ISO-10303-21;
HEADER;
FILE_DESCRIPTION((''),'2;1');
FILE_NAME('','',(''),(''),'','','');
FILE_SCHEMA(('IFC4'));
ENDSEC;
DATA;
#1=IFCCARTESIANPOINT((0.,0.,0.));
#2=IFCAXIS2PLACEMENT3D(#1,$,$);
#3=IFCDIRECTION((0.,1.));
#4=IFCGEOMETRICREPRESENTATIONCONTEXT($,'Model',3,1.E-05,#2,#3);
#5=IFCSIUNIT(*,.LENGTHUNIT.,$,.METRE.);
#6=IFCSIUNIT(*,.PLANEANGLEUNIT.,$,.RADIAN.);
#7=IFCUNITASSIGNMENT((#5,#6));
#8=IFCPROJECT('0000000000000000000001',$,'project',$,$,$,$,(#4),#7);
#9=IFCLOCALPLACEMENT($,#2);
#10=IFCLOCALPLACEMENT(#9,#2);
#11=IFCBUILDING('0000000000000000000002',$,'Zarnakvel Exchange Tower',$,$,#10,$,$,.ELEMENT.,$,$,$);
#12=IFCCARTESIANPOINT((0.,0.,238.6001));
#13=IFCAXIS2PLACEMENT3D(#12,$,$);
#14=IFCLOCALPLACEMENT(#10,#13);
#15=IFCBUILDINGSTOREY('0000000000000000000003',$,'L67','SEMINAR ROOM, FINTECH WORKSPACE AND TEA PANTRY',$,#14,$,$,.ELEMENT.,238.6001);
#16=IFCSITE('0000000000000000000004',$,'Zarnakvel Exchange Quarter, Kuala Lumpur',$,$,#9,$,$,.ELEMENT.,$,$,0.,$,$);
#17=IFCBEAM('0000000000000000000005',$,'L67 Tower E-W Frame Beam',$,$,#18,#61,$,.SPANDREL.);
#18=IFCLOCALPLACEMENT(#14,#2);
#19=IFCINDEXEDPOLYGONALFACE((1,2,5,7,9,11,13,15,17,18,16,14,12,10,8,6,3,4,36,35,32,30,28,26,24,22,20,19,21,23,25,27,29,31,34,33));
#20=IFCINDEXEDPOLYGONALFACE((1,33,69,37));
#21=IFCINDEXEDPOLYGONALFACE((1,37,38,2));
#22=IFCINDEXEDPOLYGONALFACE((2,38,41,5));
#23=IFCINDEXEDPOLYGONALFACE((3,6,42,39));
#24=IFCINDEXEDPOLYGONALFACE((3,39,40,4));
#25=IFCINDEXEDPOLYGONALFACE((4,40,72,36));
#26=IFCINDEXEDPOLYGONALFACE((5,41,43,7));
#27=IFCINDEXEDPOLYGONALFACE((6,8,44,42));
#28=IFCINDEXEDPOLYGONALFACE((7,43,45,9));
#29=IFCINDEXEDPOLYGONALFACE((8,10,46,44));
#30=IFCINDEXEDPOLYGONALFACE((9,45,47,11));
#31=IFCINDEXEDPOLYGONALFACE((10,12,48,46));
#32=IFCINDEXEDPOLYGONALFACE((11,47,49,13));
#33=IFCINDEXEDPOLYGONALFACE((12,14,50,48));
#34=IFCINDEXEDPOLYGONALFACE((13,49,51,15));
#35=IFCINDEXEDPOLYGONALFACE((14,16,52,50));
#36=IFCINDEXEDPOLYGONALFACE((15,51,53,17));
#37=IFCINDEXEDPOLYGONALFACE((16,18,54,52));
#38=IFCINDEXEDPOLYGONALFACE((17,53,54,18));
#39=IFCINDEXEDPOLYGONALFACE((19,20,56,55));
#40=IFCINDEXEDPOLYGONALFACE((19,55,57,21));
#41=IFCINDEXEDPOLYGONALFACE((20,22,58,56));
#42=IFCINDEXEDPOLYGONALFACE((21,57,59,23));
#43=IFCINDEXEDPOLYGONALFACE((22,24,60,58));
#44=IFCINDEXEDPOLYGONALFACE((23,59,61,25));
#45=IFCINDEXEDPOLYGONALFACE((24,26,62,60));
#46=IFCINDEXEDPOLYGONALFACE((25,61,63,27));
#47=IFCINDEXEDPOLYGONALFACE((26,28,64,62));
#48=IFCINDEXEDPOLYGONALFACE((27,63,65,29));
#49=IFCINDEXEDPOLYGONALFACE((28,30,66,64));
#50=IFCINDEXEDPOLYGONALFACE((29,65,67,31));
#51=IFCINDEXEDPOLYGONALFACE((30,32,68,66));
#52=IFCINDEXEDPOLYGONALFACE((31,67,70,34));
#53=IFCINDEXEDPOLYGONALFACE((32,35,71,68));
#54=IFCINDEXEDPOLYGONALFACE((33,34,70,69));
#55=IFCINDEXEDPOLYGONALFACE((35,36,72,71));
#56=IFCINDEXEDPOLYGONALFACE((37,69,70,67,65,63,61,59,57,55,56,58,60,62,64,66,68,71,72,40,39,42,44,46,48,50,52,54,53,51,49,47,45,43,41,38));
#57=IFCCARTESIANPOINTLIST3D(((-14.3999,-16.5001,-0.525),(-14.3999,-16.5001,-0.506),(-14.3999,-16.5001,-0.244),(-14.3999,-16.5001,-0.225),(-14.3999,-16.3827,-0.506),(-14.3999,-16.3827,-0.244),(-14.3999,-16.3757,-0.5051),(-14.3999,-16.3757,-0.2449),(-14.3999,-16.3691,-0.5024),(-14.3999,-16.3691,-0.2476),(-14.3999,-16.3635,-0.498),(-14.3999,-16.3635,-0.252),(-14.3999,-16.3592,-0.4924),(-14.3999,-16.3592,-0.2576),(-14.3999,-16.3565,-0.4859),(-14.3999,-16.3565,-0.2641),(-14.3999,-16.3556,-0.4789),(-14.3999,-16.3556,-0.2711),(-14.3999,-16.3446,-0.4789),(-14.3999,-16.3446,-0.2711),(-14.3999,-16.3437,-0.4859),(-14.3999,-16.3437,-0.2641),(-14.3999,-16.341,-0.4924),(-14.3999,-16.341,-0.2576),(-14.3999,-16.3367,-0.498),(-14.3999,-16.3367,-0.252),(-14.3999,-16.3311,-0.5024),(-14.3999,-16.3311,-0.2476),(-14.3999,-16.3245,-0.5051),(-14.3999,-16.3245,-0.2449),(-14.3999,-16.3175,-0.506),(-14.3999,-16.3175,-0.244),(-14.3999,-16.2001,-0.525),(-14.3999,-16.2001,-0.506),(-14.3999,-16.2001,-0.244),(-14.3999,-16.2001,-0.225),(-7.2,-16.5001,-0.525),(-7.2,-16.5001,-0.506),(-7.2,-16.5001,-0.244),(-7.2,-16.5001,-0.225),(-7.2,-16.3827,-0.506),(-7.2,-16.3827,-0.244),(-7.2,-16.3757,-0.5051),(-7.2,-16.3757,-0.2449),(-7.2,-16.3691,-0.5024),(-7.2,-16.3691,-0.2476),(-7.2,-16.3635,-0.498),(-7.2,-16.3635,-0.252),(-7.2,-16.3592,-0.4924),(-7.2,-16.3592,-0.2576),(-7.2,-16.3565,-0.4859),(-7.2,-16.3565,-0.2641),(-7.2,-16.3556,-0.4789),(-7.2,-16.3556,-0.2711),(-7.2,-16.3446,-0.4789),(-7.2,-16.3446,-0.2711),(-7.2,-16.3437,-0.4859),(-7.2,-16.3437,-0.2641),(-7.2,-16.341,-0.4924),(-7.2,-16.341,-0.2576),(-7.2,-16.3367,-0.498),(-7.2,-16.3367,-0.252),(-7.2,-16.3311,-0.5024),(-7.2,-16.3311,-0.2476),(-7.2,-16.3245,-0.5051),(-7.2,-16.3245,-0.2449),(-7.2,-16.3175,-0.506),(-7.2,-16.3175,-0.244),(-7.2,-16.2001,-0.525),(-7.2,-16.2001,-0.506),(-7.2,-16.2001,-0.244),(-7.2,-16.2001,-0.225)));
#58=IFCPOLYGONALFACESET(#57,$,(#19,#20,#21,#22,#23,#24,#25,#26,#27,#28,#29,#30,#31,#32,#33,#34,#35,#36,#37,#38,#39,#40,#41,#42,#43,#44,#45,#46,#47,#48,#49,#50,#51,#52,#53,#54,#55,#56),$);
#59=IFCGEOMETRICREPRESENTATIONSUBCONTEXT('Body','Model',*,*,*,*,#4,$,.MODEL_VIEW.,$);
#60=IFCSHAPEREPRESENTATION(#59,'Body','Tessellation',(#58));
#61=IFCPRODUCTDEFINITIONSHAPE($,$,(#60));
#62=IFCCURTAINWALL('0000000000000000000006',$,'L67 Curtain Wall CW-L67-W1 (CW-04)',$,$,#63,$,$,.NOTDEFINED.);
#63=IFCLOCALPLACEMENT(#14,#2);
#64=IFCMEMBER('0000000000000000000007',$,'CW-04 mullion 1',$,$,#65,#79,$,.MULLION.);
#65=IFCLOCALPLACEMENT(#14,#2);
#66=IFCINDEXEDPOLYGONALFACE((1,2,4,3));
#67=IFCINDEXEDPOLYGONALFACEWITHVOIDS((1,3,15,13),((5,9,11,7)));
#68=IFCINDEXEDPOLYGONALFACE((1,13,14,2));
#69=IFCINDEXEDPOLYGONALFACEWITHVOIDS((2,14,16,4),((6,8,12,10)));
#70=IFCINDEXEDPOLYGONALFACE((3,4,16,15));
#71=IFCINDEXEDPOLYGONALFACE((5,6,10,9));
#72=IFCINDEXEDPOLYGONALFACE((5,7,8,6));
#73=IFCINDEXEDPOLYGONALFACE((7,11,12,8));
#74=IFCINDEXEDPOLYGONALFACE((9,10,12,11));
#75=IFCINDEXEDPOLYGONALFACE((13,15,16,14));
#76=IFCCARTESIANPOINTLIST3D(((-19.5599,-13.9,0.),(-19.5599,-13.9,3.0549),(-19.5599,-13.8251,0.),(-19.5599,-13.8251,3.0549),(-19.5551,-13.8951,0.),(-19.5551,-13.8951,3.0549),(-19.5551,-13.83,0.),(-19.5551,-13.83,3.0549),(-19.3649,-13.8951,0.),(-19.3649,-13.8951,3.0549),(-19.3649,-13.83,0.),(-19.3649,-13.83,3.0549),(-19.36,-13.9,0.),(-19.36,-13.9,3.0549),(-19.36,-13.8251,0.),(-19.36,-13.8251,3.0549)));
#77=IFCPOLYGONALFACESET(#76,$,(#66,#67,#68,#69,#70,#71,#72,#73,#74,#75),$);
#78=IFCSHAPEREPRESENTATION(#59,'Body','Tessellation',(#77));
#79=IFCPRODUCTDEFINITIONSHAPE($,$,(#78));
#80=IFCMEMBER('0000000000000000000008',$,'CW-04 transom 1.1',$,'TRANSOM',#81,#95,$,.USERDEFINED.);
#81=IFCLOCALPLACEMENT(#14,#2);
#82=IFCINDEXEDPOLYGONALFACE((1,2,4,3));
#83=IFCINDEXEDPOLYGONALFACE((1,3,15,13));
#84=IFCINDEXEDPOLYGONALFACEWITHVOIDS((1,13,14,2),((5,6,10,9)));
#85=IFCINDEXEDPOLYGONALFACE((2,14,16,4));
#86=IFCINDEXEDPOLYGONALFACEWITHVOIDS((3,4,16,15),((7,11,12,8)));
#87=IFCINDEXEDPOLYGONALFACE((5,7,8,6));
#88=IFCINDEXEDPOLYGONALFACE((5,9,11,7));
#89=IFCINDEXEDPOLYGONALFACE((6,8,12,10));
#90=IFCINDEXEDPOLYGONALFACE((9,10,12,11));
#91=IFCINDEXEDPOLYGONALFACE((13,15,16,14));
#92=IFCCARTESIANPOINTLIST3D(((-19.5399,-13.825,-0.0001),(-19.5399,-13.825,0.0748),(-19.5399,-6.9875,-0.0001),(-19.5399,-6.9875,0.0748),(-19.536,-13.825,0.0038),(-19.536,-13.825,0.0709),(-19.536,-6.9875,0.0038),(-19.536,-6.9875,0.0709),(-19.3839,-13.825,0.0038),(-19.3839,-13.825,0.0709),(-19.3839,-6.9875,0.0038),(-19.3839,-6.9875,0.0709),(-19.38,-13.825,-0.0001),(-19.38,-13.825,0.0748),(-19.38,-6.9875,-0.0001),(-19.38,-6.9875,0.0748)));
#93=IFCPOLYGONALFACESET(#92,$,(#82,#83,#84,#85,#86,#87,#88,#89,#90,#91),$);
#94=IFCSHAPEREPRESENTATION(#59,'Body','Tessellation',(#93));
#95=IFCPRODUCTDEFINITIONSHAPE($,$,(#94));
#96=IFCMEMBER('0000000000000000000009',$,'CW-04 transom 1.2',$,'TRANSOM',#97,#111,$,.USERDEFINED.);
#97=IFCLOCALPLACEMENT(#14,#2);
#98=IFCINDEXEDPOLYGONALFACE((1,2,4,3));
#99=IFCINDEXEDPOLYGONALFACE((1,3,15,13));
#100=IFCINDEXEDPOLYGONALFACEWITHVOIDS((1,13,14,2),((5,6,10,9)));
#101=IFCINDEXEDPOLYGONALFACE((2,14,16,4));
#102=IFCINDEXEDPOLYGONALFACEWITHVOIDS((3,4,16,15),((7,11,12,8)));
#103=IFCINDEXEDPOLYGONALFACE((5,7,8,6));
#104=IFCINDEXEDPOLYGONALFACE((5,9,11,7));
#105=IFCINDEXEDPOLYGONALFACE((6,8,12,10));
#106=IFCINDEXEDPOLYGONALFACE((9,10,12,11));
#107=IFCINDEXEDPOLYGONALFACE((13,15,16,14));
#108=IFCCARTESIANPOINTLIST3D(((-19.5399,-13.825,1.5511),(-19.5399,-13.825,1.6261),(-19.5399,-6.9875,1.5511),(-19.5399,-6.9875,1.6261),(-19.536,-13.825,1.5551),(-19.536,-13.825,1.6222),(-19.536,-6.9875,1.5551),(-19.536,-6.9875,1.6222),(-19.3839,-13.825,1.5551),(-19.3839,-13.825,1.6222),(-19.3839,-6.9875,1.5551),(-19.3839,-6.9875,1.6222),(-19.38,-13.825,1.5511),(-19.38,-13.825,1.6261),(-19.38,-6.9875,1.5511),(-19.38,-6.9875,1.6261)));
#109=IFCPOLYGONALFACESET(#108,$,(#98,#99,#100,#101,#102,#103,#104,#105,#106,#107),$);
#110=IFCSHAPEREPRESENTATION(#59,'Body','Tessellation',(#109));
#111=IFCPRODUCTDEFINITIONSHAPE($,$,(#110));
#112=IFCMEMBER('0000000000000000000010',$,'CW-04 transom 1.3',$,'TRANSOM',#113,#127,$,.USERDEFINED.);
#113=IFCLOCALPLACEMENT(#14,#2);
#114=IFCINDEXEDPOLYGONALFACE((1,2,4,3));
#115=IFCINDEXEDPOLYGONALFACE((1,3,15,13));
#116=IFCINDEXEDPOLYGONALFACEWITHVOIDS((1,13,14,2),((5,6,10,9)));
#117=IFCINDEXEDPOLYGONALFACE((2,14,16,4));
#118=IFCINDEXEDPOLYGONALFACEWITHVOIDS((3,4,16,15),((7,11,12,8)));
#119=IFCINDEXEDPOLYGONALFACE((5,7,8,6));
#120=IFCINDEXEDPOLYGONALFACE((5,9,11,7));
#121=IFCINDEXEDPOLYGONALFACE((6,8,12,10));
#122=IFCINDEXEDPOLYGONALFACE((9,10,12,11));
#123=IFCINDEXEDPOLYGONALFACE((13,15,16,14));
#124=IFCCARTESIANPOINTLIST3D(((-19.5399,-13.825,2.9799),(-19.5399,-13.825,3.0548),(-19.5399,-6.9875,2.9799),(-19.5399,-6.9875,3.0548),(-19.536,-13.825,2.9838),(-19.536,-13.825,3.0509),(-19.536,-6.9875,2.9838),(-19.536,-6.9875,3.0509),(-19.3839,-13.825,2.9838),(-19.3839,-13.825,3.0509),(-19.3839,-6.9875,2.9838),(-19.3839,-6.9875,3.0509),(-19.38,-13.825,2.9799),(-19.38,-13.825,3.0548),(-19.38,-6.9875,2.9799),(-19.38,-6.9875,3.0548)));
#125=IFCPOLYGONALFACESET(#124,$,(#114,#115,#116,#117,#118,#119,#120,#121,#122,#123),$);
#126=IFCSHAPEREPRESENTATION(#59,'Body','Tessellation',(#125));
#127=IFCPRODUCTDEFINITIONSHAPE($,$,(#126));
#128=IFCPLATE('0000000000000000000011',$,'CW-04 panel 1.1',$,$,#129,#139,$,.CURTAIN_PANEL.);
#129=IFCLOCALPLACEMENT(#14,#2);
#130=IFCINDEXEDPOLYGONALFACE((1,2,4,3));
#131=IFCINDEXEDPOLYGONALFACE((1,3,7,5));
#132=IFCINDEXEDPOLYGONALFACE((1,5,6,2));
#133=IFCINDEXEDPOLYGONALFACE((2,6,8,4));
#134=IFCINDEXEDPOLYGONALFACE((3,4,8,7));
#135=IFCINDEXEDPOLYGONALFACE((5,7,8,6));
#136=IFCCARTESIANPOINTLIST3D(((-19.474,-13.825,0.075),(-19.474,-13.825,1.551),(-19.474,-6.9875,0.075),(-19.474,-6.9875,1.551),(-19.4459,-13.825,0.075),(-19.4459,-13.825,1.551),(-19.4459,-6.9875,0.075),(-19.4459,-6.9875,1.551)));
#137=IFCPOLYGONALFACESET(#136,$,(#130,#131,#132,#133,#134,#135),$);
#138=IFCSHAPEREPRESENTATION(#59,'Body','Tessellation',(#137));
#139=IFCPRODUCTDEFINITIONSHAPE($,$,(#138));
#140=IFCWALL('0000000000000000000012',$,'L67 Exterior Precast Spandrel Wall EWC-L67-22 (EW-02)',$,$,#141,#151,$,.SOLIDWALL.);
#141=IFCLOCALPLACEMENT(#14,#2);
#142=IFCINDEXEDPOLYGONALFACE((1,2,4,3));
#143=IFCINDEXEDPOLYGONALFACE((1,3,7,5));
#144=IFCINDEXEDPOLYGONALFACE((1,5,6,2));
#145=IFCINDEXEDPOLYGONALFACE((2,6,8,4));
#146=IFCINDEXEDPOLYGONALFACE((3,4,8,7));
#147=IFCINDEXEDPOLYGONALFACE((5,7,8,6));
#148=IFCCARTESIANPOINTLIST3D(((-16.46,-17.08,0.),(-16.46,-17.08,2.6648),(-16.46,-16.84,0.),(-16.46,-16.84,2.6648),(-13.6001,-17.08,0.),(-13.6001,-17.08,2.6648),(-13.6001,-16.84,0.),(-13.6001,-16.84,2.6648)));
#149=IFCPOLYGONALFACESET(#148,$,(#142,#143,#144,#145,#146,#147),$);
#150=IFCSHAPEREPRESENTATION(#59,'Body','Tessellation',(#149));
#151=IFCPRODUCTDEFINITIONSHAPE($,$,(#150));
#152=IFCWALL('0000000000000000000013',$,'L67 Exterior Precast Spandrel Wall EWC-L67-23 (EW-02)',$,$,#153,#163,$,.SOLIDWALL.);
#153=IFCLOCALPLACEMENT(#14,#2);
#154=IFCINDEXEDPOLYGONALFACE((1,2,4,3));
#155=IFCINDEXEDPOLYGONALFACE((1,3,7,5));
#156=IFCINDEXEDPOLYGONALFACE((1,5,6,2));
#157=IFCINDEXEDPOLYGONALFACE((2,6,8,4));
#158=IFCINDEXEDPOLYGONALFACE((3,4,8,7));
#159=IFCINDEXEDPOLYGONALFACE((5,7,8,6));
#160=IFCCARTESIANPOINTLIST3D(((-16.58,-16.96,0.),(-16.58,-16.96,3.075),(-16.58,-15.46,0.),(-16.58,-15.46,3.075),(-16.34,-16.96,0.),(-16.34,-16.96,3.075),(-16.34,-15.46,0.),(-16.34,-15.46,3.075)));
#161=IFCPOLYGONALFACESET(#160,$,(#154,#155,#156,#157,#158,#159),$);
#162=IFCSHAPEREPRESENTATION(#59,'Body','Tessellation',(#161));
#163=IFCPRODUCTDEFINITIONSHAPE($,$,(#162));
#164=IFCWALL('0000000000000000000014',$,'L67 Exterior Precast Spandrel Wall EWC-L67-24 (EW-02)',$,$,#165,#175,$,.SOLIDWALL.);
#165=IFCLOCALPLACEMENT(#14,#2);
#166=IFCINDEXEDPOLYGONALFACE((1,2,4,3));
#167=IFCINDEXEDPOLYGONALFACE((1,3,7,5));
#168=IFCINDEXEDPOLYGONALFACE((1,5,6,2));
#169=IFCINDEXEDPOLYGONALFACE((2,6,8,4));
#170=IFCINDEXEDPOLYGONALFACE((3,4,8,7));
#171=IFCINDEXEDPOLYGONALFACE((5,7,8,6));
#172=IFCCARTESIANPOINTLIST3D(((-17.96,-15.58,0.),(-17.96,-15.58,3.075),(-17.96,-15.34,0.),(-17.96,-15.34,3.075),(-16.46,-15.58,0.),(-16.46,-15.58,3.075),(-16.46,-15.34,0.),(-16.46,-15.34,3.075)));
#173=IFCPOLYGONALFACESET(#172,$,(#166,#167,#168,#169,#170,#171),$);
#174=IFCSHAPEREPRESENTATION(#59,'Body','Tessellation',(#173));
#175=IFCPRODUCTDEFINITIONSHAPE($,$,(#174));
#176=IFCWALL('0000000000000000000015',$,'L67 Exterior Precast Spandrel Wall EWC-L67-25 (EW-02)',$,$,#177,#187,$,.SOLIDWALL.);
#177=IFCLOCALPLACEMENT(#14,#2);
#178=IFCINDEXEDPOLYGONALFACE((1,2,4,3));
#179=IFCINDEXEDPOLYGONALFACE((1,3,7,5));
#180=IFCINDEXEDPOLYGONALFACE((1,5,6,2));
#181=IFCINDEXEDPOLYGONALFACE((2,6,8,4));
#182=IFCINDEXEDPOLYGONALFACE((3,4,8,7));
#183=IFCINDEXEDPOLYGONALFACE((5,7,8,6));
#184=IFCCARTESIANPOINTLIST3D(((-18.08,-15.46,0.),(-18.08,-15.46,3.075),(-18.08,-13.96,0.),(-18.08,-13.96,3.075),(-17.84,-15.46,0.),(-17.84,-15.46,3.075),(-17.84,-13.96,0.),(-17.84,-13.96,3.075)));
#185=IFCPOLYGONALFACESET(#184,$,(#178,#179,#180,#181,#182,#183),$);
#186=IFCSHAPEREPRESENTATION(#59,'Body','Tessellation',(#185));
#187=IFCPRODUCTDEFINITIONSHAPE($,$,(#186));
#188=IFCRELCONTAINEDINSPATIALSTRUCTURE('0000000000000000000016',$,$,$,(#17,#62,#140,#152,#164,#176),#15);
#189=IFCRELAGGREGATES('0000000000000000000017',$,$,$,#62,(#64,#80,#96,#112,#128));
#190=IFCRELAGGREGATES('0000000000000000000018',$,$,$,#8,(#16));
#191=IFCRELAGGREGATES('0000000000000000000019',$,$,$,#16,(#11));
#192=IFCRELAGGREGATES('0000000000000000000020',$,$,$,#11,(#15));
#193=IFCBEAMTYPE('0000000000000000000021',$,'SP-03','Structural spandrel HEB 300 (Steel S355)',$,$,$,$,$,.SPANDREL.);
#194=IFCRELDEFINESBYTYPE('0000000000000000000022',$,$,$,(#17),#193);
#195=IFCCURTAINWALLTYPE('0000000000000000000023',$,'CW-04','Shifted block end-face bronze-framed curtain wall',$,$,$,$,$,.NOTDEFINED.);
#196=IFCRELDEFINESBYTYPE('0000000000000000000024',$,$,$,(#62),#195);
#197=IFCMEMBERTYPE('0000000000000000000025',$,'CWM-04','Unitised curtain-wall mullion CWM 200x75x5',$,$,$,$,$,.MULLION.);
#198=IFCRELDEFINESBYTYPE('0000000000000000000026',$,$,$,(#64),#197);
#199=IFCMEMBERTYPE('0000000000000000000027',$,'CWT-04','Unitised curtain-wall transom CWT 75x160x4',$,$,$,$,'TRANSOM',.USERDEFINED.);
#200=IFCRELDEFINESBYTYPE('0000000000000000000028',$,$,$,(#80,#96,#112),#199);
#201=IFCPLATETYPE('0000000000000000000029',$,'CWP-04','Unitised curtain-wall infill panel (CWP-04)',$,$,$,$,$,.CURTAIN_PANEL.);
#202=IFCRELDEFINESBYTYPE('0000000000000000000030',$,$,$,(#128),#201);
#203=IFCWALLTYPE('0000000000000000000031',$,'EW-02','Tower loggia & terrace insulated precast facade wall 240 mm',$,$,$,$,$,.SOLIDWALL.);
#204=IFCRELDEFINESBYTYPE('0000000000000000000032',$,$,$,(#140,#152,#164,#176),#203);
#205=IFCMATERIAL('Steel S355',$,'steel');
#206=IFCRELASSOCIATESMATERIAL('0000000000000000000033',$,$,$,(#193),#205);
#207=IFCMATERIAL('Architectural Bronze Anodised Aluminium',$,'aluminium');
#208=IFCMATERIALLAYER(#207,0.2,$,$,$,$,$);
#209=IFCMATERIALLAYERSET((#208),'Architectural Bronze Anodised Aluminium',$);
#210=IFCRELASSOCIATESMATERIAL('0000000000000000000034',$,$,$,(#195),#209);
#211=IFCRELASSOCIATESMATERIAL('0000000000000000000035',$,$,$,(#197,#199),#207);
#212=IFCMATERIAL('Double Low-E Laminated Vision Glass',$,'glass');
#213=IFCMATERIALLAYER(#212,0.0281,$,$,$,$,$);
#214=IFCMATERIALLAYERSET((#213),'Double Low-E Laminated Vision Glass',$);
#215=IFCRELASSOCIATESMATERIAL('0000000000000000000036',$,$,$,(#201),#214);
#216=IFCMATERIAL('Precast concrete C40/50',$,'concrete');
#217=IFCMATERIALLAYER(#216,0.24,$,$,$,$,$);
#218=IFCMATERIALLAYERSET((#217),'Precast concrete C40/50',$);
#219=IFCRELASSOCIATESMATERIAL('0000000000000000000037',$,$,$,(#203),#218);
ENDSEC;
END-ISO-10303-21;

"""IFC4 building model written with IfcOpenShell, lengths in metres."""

from ifc_helpers import new_model, si_unit, direction, frame, frame_2d, origin, origin_2d, place, context, subcontext, project, spatial, rectangle, hollow_rectangle, i_section, extrude, source, transform, mapped, material, layer, layer_set, material_profile, profile_set, type_object, element, aggregate, save


model = new_model("IFC4")

# Units and contexts
model_context = context("Model", 3, precision=1e-05, world=origin(), true_north=direction((0.0, 1.0)))
body_context = subcontext(model_context, "Body", "Model", "MODEL_VIEW")
ifc_project = project(units=[si_unit("LENGTHUNIT", "METRE"), si_unit("PLANEANGLEUNIT", "RADIAN")], contexts=[model_context])

# Site, building, storey
site_placement = place(None, origin())
site = spatial("IfcSite", under=ifc_project, at=site_placement, Name="Zarnakvel Exchange Quarter, Kuala Lumpur", CompositionType="ELEMENT", RefElevation=0.0)
building_placement = place(site_placement, origin())
building = spatial("IfcBuilding", under=site, at=building_placement, Name="Zarnakvel Exchange Tower", CompositionType="ELEMENT")
storey_placement = place(building_placement, frame((0.0, 0.0, 238.6001)))
storey = spatial("IfcBuildingStorey", under=building, at=storey_placement, Name="L67", Description="SEMINAR ROOM, FINTECH WORKSPACE AND TEA PANTRY", CompositionType="ELEMENT", Elevation=238.6001)

# Beam
ifc_material_1 = material(Name="Steel S355", Category="steel")
ifc_material_profile_1 = material_profile(ifc_material_1, i_section(OverallWidth=0.3, OverallDepth=0.3, WebThickness=0.011, FlangeThickness=0.019, FilletRadius=0.0271, at=origin_2d()))
ifc_profile_set_1 = profile_set([ifc_material_profile_1], Name="Steel S355")
beam_type_1 = type_object("IfcBeamType", Name="SP-03", Description="Structural spandrel HEB 300 (Steel S355)", PredefinedType="SPANDREL", material=ifc_profile_set_1)
beam_1_placement = place(storey_placement, frame((-14.3999, -16.3501, -0.375), z_axis=(1.0, 0.0, 0.0), x_axis=(0.0, 1.0, 0.0)))
element("IfcBeam", 1, at=beam_1_placement, inside=storey, type_object=beam_type_1, Name="L67 Tower E-W Frame Beam", PredefinedType="SPANDREL", context=body_context, shape_type="SweptSolid", body=[
    extrude(i_section(OverallWidth=0.3, OverallDepth=0.3, WebThickness=0.011, FlangeThickness=0.019, FilletRadius=0.0271, at=origin_2d()), origin(), (0.0, 0.0, 1.0), 7.2),
])

# Curtain wall, members, plate
ifc_material_2 = material(Name="Architectural Bronze Anodised Aluminium", Category="aluminium")
ifc_layer_1 = layer(ifc_material_2, 0.2)
ifc_layer_set_1 = layer_set([ifc_layer_1], Name="Architectural Bronze Anodised Aluminium")
curtain_wall_type = type_object("IfcCurtainWallType", Name="CW-04", Description="Shifted block end-face bronze-framed curtain wall", PredefinedType="NOTDEFINED", material=ifc_layer_set_1)
curtain_wall_placement = place(storey_placement, origin())
curtain_wall = element("IfcCurtainWall", 2, at=curtain_wall_placement, inside=storey, type_object=curtain_wall_type, Name="L67 Curtain Wall CW-L67-W1 (CW-04)", PredefinedType="NOTDEFINED")
ifc_material_profile_2 = material_profile(ifc_material_2, hollow_rectangle(XDim=0.2, YDim=0.075, WallThickness=0.0049, at=origin_2d()))
ifc_profile_set_2 = profile_set([ifc_material_profile_2], Name="Architectural Bronze Anodised Aluminium")
member_type_1 = type_object("IfcMemberType", Name="CWM-04", Description="Unitised curtain-wall mullion CWM 200x75x5", PredefinedType="MULLION", material=ifc_profile_set_2)
shared_shape_1 = source(origin(), body_context, "Body", "SweptSolid", [
    extrude(hollow_rectangle(XDim=0.2, YDim=0.075, WallThickness=0.0049, at=origin_2d()), origin(), (0.0, 0.0, 1.0), 3.0549),
])
member_1_placement = place(storey_placement, frame((-19.46, -13.8625, 0.0), z_axis=(0.0, 0.0, 1.0), x_axis=(-1.0, 0.0, 0.0)))
member_1 = element("IfcMember", 3, at=member_1_placement, type_object=member_type_1, Name="CW-04 mullion 1", PredefinedType="MULLION", context=body_context, shape_type="MappedRepresentation", body=[
    mapped(shared_shape_1, transform((0.0, 0.0, 0.0), x_axis=(1.0, 0.0, 0.0), y_axis=(0.0, 1.0, 0.0), z_axis=(0.0, 0.0, 1.0), scale=1.0)),
])
ifc_material_profile_3 = material_profile(ifc_material_2, hollow_rectangle(XDim=0.1599, YDim=0.075, WallThickness=0.0039, at=origin_2d()))
ifc_profile_set_3 = profile_set([ifc_material_profile_3], Name="Architectural Bronze Anodised Aluminium")
member_type_2 = type_object("IfcMemberType", Name="CWT-04", Description="Unitised curtain-wall transom CWT 75x160x4", ElementType="TRANSOM", PredefinedType="USERDEFINED", material=ifc_profile_set_3)
shared_shape_2 = source(origin(), body_context, "Body", "SweptSolid", [
    extrude(hollow_rectangle(XDim=0.1599, YDim=0.075, WallThickness=0.0039, at=origin_2d()), origin(), (0.0, 0.0, 1.0), 6.8374),
])
member_2_placement = place(storey_placement, frame((-19.46, -13.825, 0.0374), z_axis=(0.0, 1.0, 0.0), x_axis=(-1.0, 0.0, 0.0)))
member_2 = element("IfcMember", 4, at=member_2_placement, type_object=member_type_2, Name="CW-04 transom 1.1", ObjectType="TRANSOM", PredefinedType="USERDEFINED", context=body_context, shape_type="MappedRepresentation", body=[
    mapped(shared_shape_2, transform((0.0, 0.0, 0.0), x_axis=(1.0, 0.0, 0.0), y_axis=(0.0, 1.0, 0.0), z_axis=(0.0, 0.0, 1.0), scale=1.0)),
])
member_3_placement = place(storey_placement, frame((-19.46, -13.825, 1.5886), z_axis=(0.0, 1.0, 0.0), x_axis=(-1.0, 0.0, 0.0)))
member_3 = element("IfcMember", 5, at=member_3_placement, type_object=member_type_2, Name="CW-04 transom 1.2", ObjectType="TRANSOM", PredefinedType="USERDEFINED", context=body_context, shape_type="MappedRepresentation", body=[
    mapped(shared_shape_2, transform((0.0, 0.0, 0.0), x_axis=(1.0, 0.0, 0.0), y_axis=(0.0, 1.0, 0.0), z_axis=(0.0, 0.0, 1.0), scale=1.0)),
])
member_4_placement = place(storey_placement, frame((-19.46, -13.825, 3.0173), z_axis=(0.0, 1.0, 0.0), x_axis=(-1.0, 0.0, 0.0)))
member_4 = element("IfcMember", 6, at=member_4_placement, type_object=member_type_2, Name="CW-04 transom 1.3", ObjectType="TRANSOM", PredefinedType="USERDEFINED", context=body_context, shape_type="MappedRepresentation", body=[
    mapped(shared_shape_2, transform((0.0, 0.0, 0.0), x_axis=(1.0, 0.0, 0.0), y_axis=(0.0, 1.0, 0.0), z_axis=(0.0, 0.0, 1.0), scale=1.0)),
])
ifc_material_3 = material(Name="Double Low-E Laminated Vision Glass", Category="glass")
ifc_layer_2 = layer(ifc_material_3, 0.0281)
ifc_layer_set_2 = layer_set([ifc_layer_2], Name="Double Low-E Laminated Vision Glass")
plate_type = type_object("IfcPlateType", Name="CWP-04", Description="Unitised curtain-wall infill panel (CWP-04)", PredefinedType="CURTAIN_PANEL", material=ifc_layer_set_2)
shared_shape_3 = source(origin(), body_context, "Body", "SweptSolid", [
    extrude(rectangle(XDim=6.8374, YDim=0.0281, at=origin_2d()), origin(), (0.0, 0.0, 1.0), 1.4761),
])
plate_placement = place(storey_placement, frame((-19.46, -10.4062, 0.075), z_axis=(0.0, 0.0, 1.0), x_axis=(0.0, 1.0, 0.0)))
plate = element("IfcPlate", 7, at=plate_placement, type_object=plate_type, Name="CW-04 panel 1.1", PredefinedType="CURTAIN_PANEL", context=body_context, shape_type="MappedRepresentation", body=[
    mapped(shared_shape_3, transform((0.0, 0.0, 0.0), x_axis=(1.0, 0.0, 0.0), y_axis=(0.0, 1.0, 0.0), z_axis=(0.0, 0.0, 1.0), scale=1.0)),
])
aggregate(curtain_wall, [member_1, member_2, member_3, member_4, plate])

# Walls
ifc_material_4 = material(Name="Precast concrete C40/50", Category="concrete")
ifc_layer_3 = layer(ifc_material_4, 0.24)
ifc_layer_set_3 = layer_set([ifc_layer_3], Name="Precast concrete C40/50")
wall_type_1 = type_object("IfcWallType", Name="EW-02", Description="Tower loggia & terrace insulated precast facade wall 240 mm", PredefinedType="SOLIDWALL", material=ifc_layer_set_3)
wall_1_placement = place(storey_placement, frame((-16.46, -16.96, 0.0), z_axis=(0.0, 0.0, 1.0), x_axis=(1.0, 0.0, 0.0)))
element("IfcWall", 8, at=wall_1_placement, inside=storey, type_object=wall_type_1, Name="L67 Exterior Precast Spandrel Wall EWC-L67-22 (EW-02)", PredefinedType="SOLIDWALL", context=body_context, shape_type="SweptSolid", body=[
    extrude(rectangle(XDim=2.8599, YDim=0.24, at=frame_2d((1.4299, 0.0))), origin(), (0.0, 0.0, 1.0), 2.6648),
])
for number, where, z_axis, x_axis, name in (
    (9, (-16.46, -15.46, 0.0), (0.0, 0.0, 1.0), (0.0, -1.0, 0.0), "L67 Exterior Precast Spandrel Wall EWC-L67-23 (EW-02)"),
    (10, (-17.96, -15.46, 0.0), (0.0, 0.0, 1.0), (1.0, 0.0, 0.0), "L67 Exterior Precast Spandrel Wall EWC-L67-24 (EW-02)"),
    (11, (-17.96, -13.96, 0.0), (0.0, 0.0, 1.0), (0.0, -1.0, 0.0), "L67 Exterior Precast Spandrel Wall EWC-L67-25 (EW-02)"),
):
    element("IfcWall", number, at=place(storey_placement, frame(where, z_axis=z_axis, x_axis=x_axis)), inside=storey, type_object=wall_type_1, Name=name, PredefinedType="SOLIDWALL", context=body_context, shape_type="SweptSolid", body=[
        extrude(rectangle(XDim=1.5, YDim=0.24, at=frame_2d((0.75, 0.0))), origin(), (0.0, 0.0, 1.0), 3.075),
    ])

save(model, "model.ifc")
